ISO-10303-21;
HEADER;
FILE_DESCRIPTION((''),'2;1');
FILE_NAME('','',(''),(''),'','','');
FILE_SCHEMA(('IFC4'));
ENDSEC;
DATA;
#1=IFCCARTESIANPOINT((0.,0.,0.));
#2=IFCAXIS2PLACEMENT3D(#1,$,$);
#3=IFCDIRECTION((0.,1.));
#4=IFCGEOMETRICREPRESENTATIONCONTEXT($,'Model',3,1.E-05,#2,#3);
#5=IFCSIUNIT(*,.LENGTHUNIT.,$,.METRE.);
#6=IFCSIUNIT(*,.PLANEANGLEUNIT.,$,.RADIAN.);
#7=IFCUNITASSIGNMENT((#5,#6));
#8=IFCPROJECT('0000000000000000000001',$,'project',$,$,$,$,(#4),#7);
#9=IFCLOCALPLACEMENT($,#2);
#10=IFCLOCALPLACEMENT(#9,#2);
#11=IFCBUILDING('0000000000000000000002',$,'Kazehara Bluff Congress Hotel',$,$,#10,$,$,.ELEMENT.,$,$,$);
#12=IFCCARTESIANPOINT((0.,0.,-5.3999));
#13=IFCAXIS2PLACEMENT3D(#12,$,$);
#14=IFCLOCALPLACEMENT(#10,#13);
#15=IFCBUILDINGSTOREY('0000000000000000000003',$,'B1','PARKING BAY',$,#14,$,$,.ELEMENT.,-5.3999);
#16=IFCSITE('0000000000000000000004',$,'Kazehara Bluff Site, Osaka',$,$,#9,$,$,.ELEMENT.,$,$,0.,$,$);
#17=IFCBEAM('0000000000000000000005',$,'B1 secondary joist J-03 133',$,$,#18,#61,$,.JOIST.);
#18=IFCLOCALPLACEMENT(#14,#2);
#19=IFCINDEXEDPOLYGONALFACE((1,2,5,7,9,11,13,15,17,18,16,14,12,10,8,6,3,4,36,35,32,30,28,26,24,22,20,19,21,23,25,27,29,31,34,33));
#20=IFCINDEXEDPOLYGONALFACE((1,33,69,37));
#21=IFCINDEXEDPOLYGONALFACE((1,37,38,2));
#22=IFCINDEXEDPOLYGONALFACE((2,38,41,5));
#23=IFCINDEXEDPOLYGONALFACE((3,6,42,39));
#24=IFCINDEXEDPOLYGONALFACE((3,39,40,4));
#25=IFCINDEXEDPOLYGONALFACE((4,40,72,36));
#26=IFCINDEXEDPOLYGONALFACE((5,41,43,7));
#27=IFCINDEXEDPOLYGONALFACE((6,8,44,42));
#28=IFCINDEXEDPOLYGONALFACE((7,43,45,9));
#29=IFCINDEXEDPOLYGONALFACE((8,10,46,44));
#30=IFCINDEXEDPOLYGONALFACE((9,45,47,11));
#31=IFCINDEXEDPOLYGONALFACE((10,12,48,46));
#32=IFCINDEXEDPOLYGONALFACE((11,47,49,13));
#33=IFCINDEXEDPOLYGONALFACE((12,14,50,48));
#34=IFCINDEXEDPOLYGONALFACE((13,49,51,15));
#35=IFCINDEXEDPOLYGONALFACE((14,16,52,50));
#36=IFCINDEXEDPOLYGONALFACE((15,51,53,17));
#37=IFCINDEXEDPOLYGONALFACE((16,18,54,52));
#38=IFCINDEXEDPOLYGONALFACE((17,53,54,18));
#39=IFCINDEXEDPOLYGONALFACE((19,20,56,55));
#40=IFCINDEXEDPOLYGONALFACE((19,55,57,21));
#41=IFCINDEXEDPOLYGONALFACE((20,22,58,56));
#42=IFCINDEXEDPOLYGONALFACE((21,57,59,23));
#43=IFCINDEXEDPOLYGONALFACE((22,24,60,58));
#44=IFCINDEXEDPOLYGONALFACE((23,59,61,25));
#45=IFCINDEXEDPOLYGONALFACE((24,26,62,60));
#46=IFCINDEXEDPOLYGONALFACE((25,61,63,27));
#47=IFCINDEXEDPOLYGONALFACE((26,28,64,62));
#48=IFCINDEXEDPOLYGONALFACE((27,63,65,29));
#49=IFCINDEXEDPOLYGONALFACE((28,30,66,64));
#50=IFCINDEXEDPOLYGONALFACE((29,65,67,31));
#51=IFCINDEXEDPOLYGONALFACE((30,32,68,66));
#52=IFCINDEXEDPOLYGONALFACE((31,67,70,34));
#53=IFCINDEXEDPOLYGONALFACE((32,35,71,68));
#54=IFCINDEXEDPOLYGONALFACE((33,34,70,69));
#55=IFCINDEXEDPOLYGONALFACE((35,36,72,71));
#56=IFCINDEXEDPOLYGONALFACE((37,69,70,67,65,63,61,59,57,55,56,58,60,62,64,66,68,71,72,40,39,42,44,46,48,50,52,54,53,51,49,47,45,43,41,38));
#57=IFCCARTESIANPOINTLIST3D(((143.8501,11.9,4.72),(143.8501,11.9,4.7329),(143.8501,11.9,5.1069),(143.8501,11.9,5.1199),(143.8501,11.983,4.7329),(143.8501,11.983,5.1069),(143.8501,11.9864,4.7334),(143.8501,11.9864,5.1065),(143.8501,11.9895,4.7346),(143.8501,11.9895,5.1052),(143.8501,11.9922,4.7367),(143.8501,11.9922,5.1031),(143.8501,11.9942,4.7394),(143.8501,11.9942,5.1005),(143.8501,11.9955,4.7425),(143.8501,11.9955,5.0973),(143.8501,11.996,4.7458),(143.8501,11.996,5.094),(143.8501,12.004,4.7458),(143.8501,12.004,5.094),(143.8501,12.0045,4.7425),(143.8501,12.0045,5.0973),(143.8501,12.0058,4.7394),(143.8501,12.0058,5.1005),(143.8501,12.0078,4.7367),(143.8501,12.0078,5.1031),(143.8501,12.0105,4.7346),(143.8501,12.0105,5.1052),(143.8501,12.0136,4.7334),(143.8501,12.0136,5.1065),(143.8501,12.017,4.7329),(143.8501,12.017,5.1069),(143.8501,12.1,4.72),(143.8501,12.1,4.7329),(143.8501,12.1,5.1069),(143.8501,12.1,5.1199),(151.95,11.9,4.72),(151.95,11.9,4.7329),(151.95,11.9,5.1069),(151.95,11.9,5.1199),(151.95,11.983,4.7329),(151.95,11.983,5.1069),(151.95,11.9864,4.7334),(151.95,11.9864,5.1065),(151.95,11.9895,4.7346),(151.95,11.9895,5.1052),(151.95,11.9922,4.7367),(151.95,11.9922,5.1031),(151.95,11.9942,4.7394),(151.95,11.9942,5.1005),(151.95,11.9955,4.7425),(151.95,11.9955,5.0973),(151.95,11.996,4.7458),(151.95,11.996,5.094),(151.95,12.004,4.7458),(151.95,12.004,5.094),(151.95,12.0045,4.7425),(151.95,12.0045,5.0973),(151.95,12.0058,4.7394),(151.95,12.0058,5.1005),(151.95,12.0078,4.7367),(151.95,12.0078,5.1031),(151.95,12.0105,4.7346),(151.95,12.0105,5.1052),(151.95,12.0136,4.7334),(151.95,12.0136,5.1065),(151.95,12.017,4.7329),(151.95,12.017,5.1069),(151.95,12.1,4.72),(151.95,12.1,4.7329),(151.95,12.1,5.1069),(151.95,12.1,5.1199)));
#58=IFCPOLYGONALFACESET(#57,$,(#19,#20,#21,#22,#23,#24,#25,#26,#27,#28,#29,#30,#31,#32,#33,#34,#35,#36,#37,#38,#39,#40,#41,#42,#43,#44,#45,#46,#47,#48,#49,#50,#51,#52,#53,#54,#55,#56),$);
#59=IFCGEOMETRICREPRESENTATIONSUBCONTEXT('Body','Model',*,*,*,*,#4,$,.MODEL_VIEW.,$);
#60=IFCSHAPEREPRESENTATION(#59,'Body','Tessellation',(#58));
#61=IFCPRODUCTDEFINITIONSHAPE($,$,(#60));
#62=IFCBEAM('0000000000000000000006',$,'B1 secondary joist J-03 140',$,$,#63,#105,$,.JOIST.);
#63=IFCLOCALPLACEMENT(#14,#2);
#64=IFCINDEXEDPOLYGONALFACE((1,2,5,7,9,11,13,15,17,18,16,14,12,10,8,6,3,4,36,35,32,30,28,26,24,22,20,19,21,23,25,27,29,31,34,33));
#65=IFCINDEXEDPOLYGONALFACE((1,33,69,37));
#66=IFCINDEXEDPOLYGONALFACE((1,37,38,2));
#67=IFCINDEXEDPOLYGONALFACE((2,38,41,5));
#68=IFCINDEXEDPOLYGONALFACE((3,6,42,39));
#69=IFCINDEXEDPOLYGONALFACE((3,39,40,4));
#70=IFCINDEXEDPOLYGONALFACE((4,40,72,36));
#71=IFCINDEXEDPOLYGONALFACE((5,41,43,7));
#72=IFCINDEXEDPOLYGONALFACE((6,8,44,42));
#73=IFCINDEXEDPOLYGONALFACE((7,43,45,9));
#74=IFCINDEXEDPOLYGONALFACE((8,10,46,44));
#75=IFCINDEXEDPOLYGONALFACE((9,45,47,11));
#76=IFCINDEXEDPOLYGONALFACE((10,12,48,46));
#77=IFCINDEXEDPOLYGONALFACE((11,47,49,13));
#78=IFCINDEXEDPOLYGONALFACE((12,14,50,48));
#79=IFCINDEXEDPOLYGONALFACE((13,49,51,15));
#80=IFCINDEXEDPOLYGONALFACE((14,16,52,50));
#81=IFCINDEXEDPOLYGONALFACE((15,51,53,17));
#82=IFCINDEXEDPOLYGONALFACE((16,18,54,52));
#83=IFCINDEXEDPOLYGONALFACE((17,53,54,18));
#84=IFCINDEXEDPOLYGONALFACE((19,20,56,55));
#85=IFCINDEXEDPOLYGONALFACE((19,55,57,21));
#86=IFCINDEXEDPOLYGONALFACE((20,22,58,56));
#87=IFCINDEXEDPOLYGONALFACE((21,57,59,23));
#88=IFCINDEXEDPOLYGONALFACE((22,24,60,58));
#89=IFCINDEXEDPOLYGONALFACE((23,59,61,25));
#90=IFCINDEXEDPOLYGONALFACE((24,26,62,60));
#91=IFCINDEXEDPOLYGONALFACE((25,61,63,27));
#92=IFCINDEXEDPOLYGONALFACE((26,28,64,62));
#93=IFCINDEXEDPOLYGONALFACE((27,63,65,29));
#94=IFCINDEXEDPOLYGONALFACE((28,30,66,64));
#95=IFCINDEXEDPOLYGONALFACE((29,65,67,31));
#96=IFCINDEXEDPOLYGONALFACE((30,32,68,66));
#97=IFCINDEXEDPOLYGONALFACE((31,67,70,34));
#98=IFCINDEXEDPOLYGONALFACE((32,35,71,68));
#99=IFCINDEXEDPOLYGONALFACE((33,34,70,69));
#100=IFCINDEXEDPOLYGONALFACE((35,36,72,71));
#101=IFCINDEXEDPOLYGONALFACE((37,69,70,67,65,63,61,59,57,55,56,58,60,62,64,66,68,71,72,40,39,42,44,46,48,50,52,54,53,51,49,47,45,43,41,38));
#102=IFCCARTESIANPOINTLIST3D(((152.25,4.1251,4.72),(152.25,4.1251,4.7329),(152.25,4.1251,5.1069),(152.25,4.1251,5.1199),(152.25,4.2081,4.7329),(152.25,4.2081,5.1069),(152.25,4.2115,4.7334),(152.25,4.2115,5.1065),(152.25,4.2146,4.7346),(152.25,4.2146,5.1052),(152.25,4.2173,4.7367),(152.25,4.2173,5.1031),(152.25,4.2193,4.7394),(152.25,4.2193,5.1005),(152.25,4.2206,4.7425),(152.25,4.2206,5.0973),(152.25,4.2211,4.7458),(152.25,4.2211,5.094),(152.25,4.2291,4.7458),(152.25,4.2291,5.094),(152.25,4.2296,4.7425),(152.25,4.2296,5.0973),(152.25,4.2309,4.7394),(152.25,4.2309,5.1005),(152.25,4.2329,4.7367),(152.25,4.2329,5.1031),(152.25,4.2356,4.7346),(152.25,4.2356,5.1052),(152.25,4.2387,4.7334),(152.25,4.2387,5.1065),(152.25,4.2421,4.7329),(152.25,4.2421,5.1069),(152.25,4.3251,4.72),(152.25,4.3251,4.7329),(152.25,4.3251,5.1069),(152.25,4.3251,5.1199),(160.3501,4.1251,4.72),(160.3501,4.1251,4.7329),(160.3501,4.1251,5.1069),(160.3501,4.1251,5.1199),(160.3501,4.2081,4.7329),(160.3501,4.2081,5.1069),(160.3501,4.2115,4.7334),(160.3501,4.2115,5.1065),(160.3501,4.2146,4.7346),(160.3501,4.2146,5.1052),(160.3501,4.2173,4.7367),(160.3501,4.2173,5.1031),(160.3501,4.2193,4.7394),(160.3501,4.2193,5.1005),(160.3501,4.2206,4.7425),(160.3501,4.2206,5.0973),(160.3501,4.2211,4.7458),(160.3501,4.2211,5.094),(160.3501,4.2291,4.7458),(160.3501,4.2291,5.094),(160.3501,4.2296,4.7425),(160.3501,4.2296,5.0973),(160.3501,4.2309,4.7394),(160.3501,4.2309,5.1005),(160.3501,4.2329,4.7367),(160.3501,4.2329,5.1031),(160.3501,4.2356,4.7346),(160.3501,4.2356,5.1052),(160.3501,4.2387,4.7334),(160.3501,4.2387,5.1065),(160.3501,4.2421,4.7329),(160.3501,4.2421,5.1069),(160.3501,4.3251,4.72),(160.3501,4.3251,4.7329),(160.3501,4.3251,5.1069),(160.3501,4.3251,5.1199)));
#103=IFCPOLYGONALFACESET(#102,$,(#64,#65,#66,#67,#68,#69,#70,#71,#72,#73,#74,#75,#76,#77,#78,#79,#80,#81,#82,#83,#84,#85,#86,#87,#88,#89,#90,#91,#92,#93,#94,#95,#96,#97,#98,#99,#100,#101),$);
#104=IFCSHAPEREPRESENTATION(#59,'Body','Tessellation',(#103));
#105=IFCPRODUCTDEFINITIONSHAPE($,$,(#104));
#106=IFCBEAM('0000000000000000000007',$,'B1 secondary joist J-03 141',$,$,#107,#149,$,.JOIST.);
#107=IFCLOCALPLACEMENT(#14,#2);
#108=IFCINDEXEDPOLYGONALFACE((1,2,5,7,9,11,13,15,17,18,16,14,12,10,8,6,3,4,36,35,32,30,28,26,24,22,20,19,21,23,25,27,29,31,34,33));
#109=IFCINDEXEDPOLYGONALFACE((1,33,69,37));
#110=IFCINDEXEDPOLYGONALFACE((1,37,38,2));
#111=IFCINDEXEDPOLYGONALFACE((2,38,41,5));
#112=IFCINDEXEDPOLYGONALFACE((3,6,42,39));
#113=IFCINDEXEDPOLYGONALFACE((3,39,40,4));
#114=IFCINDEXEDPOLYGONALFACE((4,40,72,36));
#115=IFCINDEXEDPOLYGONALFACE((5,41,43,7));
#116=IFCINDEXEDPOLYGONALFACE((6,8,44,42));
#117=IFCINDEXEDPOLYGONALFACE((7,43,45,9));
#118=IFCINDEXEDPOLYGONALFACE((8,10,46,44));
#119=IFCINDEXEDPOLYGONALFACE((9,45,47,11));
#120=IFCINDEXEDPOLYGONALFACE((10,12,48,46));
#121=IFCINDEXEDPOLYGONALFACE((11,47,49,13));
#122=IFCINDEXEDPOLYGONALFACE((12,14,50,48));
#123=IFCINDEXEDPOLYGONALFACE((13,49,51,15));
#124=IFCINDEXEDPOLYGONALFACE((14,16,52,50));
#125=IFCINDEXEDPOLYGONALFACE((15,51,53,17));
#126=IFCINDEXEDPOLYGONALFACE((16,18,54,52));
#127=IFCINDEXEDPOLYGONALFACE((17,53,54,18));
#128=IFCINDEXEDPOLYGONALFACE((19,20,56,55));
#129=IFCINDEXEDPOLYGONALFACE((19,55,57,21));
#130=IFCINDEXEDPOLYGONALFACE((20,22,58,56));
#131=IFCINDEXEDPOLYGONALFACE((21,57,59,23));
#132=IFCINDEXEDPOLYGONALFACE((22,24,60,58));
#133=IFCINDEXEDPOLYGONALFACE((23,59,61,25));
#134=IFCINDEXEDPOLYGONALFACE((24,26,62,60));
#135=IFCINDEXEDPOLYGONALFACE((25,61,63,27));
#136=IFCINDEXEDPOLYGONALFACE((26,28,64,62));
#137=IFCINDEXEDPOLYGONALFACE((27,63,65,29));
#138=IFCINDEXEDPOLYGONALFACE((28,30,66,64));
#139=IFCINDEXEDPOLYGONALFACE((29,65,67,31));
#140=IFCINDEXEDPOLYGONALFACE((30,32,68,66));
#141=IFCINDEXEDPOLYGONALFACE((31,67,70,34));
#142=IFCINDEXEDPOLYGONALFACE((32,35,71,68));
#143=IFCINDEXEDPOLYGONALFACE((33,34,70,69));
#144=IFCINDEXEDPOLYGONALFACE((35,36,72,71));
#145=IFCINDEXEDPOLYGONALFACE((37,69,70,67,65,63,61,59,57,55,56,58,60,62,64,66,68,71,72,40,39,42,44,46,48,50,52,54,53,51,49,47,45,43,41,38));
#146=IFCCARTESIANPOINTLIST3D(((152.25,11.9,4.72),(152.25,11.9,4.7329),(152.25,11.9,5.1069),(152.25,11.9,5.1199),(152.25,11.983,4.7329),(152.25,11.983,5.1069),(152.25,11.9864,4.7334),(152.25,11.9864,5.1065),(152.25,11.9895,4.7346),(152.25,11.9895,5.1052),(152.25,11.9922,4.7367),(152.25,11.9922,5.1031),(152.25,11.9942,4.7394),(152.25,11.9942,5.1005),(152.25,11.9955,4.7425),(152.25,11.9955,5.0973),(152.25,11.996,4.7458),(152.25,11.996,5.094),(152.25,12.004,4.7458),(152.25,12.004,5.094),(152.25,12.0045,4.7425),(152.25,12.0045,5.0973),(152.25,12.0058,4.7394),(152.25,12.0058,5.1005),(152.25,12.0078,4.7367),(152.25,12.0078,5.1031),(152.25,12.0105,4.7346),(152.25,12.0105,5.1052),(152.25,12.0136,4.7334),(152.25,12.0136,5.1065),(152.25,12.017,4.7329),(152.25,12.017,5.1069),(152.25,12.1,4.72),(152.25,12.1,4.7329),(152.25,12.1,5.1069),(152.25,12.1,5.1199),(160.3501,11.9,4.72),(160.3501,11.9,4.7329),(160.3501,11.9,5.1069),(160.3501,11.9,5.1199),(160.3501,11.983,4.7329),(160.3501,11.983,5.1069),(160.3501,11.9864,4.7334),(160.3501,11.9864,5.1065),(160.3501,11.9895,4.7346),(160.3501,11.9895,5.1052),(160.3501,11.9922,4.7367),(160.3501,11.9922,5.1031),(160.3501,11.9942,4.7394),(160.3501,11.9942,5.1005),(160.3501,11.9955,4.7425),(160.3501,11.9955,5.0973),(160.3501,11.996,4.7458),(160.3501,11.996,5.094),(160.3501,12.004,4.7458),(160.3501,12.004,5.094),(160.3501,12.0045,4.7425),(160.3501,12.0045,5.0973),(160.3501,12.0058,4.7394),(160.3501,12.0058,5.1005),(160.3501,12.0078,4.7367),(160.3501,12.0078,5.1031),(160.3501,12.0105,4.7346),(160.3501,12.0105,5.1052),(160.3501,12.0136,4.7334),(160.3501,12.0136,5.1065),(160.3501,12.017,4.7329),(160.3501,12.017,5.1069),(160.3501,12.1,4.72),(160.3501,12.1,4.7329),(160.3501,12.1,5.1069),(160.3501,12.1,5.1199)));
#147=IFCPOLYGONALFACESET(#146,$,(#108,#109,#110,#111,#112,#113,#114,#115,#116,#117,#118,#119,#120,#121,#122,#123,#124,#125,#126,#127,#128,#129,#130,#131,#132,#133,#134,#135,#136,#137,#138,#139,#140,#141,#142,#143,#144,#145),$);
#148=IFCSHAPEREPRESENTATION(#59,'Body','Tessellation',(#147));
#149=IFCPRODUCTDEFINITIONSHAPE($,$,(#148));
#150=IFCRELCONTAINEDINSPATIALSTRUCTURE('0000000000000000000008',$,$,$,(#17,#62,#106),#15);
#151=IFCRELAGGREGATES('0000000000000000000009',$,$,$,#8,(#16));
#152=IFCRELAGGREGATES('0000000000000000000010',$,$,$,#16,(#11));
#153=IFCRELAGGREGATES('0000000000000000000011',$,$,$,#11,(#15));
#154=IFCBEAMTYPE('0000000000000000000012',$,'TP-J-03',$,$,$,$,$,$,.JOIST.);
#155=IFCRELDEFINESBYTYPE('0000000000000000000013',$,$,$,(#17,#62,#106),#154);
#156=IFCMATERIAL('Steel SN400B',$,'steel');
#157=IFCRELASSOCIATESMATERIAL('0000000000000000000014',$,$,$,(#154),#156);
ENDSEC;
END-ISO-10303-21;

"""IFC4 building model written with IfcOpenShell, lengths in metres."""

from ifc_helpers import new_model, si_unit, direction, frame, origin, origin_2d, place, context, subcontext, project, spatial, i_section, extrude, material, material_profile, profile_set, type_object, element, save


model = new_model("IFC4")

# Units and contexts
model_context = context("Model", 3, precision=1e-05, world=origin(), true_north=direction((0.0, 1.0)))
body_context = subcontext(model_context, "Body", "Model", "MODEL_VIEW")
ifc_project = project(units=[si_unit("LENGTHUNIT", "METRE"), si_unit("PLANEANGLEUNIT", "RADIAN")], contexts=[model_context])

# Site, building, storey
site_placement = place(None, origin())
site = spatial("IfcSite", under=ifc_project, at=site_placement, Name="Kazehara Bluff Site, Osaka", CompositionType="ELEMENT", RefElevation=0.0)
building_placement = place(site_placement, origin())
building = spatial("IfcBuilding", under=site, at=building_placement, Name="Kazehara Bluff Congress Hotel", CompositionType="ELEMENT")
storey_placement = place(building_placement, frame((0.0, 0.0, -5.3999)))
storey = spatial("IfcBuildingStorey", under=building, at=storey_placement, Name="B1", Description="PARKING BAY", CompositionType="ELEMENT", Elevation=-5.3999)

# Beams
ifc_material_1 = material(Name="Steel SN400B", Category="steel")
ifc_material_profile_1 = material_profile(ifc_material_1, i_section(OverallWidth=0.2, OverallDepth=0.3999, WebThickness=0.0081, FlangeThickness=0.0129, FilletRadius=0.0129, at=origin_2d()))
ifc_profile_set_1 = profile_set([ifc_material_profile_1], Name="Steel SN400B")
beam_type_1 = type_object("IfcBeamType", Name="TP-J-03", PredefinedType="JOIST", material=ifc_profile_set_1)
beam_1_placement = place(storey_placement, frame((143.8501, 12.0, 4.9199), z_axis=(1.0, 0.0, 0.0), x_axis=(0.0, 1.0, 0.0)))
element("IfcBeam", 1, at=beam_1_placement, inside=storey, type_object=beam_type_1, Name="B1 secondary joist J-03 133", PredefinedType="JOIST", context=body_context, shape_type="SweptSolid", body=[
    extrude(i_section(OverallWidth=0.2, OverallDepth=0.3999, WebThickness=0.0081, FlangeThickness=0.0129, FilletRadius=0.0129, at=origin_2d()), origin(), (0.0, 0.0, 1.0), 8.0999),
])
for number, where, z_axis, x_axis, name in (
    (2, (152.25, 4.2251, 4.9199), (1.0, 0.0, 0.0), (0.0, 1.0, 0.0), "B1 secondary joist J-03 140"),
    (3, (152.25, 12.0, 4.9199), (1.0, 0.0, 0.0), (0.0, 1.0, 0.0), "B1 secondary joist J-03 141"),
):
    element("IfcBeam", number, at=place(storey_placement, frame(where, z_axis=z_axis, x_axis=x_axis)), inside=storey, type_object=beam_type_1, Name=name, PredefinedType="JOIST", context=body_context, shape_type="SweptSolid", body=[
        extrude(i_section(OverallWidth=0.2, OverallDepth=0.3999, WebThickness=0.0081, FlangeThickness=0.0129, FilletRadius=0.0129, at=origin_2d()), origin(), (0.0, 0.0, 1.0), 8.1001),
    ])

save(model, "model.ifc")
